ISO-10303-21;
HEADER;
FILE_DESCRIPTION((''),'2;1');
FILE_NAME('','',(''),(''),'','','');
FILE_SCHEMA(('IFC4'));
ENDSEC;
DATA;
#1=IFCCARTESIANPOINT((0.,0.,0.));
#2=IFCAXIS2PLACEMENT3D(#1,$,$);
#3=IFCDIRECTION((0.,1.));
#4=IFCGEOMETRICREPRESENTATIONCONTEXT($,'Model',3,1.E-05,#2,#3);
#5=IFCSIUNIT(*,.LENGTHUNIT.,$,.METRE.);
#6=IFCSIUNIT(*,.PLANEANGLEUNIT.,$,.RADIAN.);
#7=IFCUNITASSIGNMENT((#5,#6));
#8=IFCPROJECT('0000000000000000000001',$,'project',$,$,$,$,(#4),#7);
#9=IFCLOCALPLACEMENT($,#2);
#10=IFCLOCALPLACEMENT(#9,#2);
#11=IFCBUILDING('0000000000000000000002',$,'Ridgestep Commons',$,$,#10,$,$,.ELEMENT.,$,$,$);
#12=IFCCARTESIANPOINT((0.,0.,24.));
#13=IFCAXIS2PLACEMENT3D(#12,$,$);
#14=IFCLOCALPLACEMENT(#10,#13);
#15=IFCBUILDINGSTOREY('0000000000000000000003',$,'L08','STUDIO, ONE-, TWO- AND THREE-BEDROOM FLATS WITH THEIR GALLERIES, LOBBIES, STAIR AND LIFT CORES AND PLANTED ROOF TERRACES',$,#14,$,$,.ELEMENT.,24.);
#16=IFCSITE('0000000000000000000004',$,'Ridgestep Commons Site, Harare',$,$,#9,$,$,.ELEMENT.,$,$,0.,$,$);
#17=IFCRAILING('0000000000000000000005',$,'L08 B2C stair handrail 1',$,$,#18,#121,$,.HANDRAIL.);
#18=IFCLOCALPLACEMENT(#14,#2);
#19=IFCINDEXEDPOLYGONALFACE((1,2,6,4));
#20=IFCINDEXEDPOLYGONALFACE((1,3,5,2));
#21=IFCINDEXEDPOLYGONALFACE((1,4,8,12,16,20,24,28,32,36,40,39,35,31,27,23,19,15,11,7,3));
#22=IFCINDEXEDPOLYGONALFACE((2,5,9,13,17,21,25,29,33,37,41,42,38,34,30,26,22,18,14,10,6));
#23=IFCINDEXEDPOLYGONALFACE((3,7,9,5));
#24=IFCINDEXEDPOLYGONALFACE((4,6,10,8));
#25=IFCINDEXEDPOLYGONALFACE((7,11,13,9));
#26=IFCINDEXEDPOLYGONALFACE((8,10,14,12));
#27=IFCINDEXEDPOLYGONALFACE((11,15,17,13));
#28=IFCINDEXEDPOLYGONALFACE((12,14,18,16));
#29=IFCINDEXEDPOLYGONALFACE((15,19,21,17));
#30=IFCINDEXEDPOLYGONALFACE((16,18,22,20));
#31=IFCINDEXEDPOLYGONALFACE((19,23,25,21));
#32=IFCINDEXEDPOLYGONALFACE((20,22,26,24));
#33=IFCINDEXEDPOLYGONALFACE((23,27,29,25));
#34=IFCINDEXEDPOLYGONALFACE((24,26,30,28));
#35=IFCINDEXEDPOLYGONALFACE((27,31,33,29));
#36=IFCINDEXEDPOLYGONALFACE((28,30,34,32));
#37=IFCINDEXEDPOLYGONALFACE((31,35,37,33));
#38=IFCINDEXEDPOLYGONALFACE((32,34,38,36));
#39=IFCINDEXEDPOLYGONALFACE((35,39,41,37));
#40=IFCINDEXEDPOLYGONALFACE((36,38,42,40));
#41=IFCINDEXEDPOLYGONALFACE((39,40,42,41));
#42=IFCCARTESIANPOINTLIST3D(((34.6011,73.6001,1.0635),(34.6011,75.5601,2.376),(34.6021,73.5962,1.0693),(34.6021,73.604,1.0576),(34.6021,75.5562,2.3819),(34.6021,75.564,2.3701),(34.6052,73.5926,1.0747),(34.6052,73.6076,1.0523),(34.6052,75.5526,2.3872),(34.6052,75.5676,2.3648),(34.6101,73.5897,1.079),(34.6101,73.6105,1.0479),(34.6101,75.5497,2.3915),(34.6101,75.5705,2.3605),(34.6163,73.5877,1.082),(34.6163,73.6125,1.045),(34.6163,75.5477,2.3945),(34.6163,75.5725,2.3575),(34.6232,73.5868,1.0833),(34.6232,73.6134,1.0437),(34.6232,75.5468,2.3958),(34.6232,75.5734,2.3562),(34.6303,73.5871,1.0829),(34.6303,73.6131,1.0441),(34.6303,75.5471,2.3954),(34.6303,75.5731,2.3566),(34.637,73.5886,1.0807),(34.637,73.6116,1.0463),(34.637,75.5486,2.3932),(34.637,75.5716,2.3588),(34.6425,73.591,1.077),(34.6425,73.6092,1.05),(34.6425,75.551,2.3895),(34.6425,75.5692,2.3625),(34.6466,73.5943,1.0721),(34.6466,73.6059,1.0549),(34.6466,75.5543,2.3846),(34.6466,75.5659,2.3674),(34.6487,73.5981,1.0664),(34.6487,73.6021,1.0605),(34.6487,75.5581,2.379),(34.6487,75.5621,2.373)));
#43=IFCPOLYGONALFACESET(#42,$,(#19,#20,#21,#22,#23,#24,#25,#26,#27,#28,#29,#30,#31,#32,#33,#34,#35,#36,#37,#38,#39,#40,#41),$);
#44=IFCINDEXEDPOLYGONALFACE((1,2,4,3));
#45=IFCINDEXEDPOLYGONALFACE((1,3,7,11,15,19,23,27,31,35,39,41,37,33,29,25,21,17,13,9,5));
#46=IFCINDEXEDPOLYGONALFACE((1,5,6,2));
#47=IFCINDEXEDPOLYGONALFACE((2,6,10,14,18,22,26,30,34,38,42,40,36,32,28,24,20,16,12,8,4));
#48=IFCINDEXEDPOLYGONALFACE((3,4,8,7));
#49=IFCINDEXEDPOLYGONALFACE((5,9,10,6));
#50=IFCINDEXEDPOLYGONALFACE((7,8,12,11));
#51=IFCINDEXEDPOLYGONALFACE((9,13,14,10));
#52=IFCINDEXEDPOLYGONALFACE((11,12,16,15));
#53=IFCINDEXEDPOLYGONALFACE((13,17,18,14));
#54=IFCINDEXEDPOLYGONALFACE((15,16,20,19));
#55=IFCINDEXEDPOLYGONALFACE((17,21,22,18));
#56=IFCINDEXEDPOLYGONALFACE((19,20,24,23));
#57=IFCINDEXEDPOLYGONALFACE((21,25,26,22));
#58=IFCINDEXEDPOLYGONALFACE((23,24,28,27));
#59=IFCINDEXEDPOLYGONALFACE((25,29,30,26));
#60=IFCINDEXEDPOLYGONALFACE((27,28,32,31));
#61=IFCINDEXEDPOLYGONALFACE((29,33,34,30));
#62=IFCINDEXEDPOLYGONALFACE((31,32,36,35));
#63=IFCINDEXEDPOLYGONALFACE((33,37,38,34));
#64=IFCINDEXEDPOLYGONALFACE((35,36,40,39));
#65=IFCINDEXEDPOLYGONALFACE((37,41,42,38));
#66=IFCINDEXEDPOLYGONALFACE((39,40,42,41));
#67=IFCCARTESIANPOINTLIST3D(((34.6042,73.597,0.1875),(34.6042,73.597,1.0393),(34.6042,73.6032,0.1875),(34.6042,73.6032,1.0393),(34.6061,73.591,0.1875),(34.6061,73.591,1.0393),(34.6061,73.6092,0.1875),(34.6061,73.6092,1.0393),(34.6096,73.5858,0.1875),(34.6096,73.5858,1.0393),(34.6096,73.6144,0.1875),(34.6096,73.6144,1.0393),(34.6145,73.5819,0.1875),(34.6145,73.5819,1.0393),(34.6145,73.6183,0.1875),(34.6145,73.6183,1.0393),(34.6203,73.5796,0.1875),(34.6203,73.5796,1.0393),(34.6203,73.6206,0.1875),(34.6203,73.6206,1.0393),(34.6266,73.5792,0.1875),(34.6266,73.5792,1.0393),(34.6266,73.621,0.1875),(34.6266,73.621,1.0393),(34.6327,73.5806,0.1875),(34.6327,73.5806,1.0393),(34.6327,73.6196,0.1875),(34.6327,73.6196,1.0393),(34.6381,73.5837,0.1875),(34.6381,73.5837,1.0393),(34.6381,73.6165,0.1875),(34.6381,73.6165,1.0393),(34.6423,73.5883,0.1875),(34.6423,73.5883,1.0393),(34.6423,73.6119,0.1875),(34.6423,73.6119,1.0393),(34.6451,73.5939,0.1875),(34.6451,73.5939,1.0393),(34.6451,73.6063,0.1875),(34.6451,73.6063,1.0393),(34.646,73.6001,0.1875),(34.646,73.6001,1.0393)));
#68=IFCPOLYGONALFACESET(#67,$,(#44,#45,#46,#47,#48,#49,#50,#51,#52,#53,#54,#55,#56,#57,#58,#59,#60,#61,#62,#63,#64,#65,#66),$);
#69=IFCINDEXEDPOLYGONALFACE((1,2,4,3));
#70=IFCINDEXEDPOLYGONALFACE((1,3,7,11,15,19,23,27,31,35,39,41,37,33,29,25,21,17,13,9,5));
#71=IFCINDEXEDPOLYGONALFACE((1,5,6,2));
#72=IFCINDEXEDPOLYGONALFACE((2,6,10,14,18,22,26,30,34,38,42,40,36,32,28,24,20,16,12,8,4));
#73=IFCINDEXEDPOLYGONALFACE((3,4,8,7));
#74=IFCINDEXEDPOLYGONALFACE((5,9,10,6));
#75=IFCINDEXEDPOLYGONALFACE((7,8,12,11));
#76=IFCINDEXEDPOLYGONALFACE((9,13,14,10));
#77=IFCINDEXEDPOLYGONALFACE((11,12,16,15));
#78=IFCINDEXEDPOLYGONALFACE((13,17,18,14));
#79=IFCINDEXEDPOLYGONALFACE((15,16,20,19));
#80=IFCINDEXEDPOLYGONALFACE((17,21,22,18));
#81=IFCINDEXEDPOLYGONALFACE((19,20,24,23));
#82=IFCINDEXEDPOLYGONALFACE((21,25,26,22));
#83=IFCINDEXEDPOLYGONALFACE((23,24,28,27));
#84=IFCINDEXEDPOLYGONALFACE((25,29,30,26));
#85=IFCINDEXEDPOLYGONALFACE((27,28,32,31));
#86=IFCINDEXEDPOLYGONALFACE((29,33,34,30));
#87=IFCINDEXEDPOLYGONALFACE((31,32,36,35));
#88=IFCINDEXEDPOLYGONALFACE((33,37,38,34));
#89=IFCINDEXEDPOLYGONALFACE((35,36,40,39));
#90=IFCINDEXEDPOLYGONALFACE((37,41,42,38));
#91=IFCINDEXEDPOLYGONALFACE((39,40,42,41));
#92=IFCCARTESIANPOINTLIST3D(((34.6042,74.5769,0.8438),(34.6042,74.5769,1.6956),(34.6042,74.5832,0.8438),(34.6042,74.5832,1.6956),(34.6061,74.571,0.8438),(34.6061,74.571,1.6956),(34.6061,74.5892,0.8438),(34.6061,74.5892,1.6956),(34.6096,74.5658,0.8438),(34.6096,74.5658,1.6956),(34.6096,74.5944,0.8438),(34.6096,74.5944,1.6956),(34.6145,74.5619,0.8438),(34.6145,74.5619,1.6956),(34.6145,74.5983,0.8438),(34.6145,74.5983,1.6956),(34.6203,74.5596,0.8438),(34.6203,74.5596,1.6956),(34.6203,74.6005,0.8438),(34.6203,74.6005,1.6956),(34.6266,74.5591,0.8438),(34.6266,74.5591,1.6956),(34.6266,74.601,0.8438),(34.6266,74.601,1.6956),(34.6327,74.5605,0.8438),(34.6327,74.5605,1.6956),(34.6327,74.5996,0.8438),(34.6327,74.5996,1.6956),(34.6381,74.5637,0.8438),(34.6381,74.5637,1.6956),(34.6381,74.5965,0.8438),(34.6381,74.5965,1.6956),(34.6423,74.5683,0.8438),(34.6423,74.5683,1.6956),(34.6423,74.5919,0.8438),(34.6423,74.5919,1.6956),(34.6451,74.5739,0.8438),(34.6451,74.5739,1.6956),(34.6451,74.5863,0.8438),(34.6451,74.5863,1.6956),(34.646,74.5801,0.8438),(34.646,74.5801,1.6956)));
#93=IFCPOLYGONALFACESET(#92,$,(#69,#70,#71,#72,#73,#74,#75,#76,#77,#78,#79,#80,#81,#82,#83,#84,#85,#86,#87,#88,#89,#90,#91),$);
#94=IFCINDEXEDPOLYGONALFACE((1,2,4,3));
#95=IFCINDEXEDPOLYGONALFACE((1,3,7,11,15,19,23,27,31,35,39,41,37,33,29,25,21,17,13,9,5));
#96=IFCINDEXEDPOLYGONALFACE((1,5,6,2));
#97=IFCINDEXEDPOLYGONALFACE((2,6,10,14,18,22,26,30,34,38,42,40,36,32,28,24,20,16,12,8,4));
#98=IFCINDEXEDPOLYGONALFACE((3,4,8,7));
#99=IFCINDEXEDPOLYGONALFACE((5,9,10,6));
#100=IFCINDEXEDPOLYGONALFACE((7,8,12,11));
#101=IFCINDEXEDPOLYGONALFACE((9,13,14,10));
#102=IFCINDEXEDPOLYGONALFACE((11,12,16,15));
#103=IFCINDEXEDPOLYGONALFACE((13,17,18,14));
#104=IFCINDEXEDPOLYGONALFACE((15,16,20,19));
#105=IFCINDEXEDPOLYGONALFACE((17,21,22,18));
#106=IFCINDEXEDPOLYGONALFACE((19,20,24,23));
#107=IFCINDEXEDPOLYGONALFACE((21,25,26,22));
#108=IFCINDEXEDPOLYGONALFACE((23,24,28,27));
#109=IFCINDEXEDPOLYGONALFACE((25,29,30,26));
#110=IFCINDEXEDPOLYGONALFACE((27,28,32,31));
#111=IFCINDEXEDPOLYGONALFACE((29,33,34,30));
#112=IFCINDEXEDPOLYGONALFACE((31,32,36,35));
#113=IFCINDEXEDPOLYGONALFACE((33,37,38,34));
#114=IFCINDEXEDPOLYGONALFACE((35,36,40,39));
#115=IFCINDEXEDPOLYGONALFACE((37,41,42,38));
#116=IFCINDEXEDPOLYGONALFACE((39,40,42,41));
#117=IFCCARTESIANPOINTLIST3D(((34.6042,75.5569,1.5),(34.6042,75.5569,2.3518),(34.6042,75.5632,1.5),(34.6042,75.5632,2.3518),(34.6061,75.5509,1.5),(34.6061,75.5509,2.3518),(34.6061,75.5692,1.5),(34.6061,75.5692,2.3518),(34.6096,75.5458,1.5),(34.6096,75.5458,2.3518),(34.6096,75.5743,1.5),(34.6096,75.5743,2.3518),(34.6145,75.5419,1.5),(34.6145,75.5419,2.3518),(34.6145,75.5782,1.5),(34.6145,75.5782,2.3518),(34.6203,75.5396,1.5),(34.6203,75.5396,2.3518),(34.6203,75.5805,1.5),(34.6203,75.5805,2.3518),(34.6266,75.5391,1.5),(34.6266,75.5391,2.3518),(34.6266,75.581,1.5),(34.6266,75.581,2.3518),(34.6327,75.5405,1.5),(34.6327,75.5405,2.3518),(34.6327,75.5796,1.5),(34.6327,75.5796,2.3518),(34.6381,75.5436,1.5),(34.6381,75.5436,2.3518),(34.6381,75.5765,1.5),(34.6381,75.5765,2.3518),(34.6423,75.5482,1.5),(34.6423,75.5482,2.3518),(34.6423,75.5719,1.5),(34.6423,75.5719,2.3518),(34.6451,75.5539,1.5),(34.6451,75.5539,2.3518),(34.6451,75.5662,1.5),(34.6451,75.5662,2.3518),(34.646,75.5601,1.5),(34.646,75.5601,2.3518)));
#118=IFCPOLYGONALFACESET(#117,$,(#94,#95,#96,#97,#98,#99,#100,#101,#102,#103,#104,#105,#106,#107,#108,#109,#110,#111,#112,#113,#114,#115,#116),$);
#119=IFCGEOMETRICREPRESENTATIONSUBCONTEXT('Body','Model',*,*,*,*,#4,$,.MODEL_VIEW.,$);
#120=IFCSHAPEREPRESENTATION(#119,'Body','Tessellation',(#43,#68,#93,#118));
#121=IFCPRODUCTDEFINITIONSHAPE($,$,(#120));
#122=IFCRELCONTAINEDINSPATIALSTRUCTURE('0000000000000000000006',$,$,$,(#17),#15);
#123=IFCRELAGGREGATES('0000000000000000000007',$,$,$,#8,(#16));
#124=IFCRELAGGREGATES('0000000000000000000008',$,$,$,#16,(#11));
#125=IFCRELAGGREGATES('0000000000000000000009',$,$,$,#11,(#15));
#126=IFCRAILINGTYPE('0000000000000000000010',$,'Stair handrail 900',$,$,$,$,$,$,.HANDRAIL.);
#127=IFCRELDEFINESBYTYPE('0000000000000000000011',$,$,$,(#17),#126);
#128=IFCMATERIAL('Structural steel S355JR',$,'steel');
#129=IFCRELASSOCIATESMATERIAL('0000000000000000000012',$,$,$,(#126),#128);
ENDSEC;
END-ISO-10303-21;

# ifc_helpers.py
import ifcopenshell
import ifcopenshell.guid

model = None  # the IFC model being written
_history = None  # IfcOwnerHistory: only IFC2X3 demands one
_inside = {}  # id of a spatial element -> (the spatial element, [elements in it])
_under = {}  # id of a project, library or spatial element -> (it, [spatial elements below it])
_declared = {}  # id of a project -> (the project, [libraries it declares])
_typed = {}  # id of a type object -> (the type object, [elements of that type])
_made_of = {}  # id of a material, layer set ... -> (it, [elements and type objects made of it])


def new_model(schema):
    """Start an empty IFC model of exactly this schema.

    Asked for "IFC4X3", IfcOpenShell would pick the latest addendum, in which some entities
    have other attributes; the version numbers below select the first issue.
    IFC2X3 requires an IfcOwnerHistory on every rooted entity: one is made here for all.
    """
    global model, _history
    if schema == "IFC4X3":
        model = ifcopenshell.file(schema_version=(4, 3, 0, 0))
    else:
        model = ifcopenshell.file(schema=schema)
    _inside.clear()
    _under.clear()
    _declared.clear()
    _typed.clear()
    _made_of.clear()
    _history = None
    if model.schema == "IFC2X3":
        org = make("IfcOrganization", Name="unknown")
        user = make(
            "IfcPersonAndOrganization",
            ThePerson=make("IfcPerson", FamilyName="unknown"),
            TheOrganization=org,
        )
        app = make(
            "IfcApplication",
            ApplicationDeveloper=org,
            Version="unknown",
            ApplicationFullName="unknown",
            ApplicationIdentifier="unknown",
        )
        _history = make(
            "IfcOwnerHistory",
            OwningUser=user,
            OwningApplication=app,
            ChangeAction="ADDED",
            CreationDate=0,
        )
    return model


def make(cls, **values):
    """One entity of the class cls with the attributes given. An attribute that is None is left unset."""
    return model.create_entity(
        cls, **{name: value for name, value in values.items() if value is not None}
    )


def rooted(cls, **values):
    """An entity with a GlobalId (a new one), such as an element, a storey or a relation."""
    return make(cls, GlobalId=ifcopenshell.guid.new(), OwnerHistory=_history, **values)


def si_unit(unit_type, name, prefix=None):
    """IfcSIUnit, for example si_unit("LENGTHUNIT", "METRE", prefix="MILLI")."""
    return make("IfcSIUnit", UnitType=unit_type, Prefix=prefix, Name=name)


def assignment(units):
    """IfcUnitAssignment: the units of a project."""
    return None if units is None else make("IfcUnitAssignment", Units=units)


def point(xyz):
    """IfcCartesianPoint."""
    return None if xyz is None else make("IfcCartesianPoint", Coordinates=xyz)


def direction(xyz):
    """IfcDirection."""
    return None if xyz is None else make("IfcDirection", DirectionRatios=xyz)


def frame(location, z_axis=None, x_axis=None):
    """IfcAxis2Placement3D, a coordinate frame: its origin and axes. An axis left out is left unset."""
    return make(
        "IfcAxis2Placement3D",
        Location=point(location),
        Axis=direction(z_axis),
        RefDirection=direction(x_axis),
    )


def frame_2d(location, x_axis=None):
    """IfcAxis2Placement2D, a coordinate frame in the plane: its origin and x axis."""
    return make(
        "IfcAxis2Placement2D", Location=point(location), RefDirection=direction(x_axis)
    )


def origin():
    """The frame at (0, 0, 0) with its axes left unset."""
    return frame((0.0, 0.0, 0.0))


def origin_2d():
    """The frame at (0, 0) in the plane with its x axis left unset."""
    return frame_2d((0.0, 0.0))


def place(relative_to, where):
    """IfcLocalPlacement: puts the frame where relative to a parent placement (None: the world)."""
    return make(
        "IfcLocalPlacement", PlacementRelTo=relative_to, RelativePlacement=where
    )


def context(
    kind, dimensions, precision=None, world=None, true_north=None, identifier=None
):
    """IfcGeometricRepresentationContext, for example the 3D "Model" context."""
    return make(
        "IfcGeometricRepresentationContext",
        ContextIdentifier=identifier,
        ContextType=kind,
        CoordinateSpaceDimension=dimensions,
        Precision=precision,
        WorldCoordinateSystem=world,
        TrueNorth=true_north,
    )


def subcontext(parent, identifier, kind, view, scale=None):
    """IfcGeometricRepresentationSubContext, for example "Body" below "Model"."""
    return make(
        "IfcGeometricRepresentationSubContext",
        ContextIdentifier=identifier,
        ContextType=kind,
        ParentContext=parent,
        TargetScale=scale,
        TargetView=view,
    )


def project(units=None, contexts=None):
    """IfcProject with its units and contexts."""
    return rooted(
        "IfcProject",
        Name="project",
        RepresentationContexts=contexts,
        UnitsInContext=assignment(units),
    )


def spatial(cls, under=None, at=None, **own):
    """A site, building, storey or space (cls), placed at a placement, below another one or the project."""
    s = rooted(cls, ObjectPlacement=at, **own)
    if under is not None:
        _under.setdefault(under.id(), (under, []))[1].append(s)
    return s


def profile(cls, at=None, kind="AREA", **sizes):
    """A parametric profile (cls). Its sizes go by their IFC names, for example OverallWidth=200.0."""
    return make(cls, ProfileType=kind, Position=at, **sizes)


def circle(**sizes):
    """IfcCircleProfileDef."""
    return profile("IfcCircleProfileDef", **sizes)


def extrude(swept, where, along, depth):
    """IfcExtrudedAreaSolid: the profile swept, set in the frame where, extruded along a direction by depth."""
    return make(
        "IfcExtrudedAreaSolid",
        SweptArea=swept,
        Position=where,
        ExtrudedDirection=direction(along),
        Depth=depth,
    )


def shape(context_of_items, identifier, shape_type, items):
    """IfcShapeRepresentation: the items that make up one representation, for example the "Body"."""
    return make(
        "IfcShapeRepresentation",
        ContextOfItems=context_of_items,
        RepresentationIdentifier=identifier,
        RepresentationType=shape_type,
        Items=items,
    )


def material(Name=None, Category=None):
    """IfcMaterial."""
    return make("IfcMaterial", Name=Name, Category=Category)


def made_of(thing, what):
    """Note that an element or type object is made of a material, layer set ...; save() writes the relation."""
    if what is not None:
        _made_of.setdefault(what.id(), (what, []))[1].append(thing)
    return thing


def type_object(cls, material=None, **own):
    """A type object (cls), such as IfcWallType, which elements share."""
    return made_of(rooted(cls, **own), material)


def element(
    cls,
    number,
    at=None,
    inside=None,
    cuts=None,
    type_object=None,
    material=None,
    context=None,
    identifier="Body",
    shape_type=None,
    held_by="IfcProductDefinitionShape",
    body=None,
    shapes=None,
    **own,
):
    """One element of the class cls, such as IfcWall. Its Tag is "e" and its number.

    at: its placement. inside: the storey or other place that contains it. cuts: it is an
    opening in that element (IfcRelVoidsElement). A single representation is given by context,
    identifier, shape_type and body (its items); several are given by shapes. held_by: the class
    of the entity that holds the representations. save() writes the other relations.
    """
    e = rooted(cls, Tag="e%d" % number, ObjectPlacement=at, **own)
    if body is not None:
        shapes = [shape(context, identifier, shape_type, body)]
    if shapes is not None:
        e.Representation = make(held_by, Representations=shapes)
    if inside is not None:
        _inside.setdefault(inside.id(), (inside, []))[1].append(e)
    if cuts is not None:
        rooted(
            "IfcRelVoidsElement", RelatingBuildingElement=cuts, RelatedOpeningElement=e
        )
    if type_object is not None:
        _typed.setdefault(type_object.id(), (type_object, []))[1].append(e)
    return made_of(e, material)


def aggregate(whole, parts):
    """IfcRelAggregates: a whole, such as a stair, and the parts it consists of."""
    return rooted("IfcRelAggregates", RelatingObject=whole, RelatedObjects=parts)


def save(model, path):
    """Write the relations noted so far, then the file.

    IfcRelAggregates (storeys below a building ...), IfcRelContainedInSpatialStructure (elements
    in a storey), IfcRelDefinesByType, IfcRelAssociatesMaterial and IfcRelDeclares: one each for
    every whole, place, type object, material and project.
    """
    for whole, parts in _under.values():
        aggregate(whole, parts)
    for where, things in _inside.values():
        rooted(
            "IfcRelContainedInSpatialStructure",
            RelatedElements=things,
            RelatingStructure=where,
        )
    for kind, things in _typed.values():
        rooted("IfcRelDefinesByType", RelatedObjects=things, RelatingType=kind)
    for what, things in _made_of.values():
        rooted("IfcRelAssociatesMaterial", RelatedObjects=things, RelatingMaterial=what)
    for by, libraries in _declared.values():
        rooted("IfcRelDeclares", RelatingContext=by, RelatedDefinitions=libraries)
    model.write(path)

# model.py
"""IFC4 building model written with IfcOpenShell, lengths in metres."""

from ifc_helpers import new_model, si_unit, direction, frame, origin, origin_2d, place, context, subcontext, project, spatial, circle, extrude, material, type_object, element, save


model = new_model("IFC4")

# Units and contexts
model_context = context("Model", 3, precision=1e-05, world=origin(), true_north=direction((0.0, 1.0)))
body_context = subcontext(model_context, "Body", "Model", "MODEL_VIEW")
ifc_project = project(units=[si_unit("LENGTHUNIT", "METRE"), si_unit("PLANEANGLEUNIT", "RADIAN")], contexts=[model_context])

# Site, building, storey
site_placement = place(None, origin())
site = spatial("IfcSite", under=ifc_project, at=site_placement, Name="Ridgestep Commons Site, Harare", CompositionType="ELEMENT", RefElevation=0.0)
building_placement = place(site_placement, origin())
building = spatial("IfcBuilding", under=site, at=building_placement, Name="Ridgestep Commons", CompositionType="ELEMENT")
storey_placement = place(building_placement, frame((0.0, 0.0, 24.0)))
storey = spatial("IfcBuildingStorey", under=building, at=storey_placement, Name="L08", Description="STUDIO, ONE-, TWO- AND THREE-BEDROOM FLATS WITH THEIR GALLERIES, LOBBIES, STAIR AND LIFT CORES AND PLANTED ROOF TERRACES", CompositionType="ELEMENT", Elevation=24.0)

# Railing
ifc_material_1 = material(Name="Structural steel S355JR", Category="steel")
railing_type_1 = type_object("IfcRailingType", Name="Stair handrail 900", PredefinedType="HANDRAIL", material=ifc_material_1)
railing_1_placement = place(storey_placement, frame((34.625, 73.6001, 0.1875)))
element("IfcRailing", 1, at=railing_1_placement, inside=storey, type_object=railing_type_1, Name="L08 B2C stair handrail 1", PredefinedType="HANDRAIL", context=body_context, shape_type="SweptSolid", body=[
    extrude(circle(Radius=0.0239, at=origin_2d()), frame((0.0, 0.0, 0.876), z_axis=(0.0, 0.830902, 0.556419), x_axis=(-1.0, 0.0, 0.0)), (0.0, 0.0, 1.0), 2.3589),
    extrude(circle(Radius=0.021, at=origin_2d()), origin(), (0.0, 0.0, 1.0), 0.8518),
    extrude(circle(Radius=0.021, at=origin_2d()), frame((0.0, 0.98, 0.6562)), (0.0, 0.0, 1.0), 0.8518),
    extrude(circle(Radius=0.021, at=origin_2d()), frame((0.0, 1.96, 1.3125)), (0.0, 0.0, 1.0), 0.8518),
])

save(model, "model.ifc")
